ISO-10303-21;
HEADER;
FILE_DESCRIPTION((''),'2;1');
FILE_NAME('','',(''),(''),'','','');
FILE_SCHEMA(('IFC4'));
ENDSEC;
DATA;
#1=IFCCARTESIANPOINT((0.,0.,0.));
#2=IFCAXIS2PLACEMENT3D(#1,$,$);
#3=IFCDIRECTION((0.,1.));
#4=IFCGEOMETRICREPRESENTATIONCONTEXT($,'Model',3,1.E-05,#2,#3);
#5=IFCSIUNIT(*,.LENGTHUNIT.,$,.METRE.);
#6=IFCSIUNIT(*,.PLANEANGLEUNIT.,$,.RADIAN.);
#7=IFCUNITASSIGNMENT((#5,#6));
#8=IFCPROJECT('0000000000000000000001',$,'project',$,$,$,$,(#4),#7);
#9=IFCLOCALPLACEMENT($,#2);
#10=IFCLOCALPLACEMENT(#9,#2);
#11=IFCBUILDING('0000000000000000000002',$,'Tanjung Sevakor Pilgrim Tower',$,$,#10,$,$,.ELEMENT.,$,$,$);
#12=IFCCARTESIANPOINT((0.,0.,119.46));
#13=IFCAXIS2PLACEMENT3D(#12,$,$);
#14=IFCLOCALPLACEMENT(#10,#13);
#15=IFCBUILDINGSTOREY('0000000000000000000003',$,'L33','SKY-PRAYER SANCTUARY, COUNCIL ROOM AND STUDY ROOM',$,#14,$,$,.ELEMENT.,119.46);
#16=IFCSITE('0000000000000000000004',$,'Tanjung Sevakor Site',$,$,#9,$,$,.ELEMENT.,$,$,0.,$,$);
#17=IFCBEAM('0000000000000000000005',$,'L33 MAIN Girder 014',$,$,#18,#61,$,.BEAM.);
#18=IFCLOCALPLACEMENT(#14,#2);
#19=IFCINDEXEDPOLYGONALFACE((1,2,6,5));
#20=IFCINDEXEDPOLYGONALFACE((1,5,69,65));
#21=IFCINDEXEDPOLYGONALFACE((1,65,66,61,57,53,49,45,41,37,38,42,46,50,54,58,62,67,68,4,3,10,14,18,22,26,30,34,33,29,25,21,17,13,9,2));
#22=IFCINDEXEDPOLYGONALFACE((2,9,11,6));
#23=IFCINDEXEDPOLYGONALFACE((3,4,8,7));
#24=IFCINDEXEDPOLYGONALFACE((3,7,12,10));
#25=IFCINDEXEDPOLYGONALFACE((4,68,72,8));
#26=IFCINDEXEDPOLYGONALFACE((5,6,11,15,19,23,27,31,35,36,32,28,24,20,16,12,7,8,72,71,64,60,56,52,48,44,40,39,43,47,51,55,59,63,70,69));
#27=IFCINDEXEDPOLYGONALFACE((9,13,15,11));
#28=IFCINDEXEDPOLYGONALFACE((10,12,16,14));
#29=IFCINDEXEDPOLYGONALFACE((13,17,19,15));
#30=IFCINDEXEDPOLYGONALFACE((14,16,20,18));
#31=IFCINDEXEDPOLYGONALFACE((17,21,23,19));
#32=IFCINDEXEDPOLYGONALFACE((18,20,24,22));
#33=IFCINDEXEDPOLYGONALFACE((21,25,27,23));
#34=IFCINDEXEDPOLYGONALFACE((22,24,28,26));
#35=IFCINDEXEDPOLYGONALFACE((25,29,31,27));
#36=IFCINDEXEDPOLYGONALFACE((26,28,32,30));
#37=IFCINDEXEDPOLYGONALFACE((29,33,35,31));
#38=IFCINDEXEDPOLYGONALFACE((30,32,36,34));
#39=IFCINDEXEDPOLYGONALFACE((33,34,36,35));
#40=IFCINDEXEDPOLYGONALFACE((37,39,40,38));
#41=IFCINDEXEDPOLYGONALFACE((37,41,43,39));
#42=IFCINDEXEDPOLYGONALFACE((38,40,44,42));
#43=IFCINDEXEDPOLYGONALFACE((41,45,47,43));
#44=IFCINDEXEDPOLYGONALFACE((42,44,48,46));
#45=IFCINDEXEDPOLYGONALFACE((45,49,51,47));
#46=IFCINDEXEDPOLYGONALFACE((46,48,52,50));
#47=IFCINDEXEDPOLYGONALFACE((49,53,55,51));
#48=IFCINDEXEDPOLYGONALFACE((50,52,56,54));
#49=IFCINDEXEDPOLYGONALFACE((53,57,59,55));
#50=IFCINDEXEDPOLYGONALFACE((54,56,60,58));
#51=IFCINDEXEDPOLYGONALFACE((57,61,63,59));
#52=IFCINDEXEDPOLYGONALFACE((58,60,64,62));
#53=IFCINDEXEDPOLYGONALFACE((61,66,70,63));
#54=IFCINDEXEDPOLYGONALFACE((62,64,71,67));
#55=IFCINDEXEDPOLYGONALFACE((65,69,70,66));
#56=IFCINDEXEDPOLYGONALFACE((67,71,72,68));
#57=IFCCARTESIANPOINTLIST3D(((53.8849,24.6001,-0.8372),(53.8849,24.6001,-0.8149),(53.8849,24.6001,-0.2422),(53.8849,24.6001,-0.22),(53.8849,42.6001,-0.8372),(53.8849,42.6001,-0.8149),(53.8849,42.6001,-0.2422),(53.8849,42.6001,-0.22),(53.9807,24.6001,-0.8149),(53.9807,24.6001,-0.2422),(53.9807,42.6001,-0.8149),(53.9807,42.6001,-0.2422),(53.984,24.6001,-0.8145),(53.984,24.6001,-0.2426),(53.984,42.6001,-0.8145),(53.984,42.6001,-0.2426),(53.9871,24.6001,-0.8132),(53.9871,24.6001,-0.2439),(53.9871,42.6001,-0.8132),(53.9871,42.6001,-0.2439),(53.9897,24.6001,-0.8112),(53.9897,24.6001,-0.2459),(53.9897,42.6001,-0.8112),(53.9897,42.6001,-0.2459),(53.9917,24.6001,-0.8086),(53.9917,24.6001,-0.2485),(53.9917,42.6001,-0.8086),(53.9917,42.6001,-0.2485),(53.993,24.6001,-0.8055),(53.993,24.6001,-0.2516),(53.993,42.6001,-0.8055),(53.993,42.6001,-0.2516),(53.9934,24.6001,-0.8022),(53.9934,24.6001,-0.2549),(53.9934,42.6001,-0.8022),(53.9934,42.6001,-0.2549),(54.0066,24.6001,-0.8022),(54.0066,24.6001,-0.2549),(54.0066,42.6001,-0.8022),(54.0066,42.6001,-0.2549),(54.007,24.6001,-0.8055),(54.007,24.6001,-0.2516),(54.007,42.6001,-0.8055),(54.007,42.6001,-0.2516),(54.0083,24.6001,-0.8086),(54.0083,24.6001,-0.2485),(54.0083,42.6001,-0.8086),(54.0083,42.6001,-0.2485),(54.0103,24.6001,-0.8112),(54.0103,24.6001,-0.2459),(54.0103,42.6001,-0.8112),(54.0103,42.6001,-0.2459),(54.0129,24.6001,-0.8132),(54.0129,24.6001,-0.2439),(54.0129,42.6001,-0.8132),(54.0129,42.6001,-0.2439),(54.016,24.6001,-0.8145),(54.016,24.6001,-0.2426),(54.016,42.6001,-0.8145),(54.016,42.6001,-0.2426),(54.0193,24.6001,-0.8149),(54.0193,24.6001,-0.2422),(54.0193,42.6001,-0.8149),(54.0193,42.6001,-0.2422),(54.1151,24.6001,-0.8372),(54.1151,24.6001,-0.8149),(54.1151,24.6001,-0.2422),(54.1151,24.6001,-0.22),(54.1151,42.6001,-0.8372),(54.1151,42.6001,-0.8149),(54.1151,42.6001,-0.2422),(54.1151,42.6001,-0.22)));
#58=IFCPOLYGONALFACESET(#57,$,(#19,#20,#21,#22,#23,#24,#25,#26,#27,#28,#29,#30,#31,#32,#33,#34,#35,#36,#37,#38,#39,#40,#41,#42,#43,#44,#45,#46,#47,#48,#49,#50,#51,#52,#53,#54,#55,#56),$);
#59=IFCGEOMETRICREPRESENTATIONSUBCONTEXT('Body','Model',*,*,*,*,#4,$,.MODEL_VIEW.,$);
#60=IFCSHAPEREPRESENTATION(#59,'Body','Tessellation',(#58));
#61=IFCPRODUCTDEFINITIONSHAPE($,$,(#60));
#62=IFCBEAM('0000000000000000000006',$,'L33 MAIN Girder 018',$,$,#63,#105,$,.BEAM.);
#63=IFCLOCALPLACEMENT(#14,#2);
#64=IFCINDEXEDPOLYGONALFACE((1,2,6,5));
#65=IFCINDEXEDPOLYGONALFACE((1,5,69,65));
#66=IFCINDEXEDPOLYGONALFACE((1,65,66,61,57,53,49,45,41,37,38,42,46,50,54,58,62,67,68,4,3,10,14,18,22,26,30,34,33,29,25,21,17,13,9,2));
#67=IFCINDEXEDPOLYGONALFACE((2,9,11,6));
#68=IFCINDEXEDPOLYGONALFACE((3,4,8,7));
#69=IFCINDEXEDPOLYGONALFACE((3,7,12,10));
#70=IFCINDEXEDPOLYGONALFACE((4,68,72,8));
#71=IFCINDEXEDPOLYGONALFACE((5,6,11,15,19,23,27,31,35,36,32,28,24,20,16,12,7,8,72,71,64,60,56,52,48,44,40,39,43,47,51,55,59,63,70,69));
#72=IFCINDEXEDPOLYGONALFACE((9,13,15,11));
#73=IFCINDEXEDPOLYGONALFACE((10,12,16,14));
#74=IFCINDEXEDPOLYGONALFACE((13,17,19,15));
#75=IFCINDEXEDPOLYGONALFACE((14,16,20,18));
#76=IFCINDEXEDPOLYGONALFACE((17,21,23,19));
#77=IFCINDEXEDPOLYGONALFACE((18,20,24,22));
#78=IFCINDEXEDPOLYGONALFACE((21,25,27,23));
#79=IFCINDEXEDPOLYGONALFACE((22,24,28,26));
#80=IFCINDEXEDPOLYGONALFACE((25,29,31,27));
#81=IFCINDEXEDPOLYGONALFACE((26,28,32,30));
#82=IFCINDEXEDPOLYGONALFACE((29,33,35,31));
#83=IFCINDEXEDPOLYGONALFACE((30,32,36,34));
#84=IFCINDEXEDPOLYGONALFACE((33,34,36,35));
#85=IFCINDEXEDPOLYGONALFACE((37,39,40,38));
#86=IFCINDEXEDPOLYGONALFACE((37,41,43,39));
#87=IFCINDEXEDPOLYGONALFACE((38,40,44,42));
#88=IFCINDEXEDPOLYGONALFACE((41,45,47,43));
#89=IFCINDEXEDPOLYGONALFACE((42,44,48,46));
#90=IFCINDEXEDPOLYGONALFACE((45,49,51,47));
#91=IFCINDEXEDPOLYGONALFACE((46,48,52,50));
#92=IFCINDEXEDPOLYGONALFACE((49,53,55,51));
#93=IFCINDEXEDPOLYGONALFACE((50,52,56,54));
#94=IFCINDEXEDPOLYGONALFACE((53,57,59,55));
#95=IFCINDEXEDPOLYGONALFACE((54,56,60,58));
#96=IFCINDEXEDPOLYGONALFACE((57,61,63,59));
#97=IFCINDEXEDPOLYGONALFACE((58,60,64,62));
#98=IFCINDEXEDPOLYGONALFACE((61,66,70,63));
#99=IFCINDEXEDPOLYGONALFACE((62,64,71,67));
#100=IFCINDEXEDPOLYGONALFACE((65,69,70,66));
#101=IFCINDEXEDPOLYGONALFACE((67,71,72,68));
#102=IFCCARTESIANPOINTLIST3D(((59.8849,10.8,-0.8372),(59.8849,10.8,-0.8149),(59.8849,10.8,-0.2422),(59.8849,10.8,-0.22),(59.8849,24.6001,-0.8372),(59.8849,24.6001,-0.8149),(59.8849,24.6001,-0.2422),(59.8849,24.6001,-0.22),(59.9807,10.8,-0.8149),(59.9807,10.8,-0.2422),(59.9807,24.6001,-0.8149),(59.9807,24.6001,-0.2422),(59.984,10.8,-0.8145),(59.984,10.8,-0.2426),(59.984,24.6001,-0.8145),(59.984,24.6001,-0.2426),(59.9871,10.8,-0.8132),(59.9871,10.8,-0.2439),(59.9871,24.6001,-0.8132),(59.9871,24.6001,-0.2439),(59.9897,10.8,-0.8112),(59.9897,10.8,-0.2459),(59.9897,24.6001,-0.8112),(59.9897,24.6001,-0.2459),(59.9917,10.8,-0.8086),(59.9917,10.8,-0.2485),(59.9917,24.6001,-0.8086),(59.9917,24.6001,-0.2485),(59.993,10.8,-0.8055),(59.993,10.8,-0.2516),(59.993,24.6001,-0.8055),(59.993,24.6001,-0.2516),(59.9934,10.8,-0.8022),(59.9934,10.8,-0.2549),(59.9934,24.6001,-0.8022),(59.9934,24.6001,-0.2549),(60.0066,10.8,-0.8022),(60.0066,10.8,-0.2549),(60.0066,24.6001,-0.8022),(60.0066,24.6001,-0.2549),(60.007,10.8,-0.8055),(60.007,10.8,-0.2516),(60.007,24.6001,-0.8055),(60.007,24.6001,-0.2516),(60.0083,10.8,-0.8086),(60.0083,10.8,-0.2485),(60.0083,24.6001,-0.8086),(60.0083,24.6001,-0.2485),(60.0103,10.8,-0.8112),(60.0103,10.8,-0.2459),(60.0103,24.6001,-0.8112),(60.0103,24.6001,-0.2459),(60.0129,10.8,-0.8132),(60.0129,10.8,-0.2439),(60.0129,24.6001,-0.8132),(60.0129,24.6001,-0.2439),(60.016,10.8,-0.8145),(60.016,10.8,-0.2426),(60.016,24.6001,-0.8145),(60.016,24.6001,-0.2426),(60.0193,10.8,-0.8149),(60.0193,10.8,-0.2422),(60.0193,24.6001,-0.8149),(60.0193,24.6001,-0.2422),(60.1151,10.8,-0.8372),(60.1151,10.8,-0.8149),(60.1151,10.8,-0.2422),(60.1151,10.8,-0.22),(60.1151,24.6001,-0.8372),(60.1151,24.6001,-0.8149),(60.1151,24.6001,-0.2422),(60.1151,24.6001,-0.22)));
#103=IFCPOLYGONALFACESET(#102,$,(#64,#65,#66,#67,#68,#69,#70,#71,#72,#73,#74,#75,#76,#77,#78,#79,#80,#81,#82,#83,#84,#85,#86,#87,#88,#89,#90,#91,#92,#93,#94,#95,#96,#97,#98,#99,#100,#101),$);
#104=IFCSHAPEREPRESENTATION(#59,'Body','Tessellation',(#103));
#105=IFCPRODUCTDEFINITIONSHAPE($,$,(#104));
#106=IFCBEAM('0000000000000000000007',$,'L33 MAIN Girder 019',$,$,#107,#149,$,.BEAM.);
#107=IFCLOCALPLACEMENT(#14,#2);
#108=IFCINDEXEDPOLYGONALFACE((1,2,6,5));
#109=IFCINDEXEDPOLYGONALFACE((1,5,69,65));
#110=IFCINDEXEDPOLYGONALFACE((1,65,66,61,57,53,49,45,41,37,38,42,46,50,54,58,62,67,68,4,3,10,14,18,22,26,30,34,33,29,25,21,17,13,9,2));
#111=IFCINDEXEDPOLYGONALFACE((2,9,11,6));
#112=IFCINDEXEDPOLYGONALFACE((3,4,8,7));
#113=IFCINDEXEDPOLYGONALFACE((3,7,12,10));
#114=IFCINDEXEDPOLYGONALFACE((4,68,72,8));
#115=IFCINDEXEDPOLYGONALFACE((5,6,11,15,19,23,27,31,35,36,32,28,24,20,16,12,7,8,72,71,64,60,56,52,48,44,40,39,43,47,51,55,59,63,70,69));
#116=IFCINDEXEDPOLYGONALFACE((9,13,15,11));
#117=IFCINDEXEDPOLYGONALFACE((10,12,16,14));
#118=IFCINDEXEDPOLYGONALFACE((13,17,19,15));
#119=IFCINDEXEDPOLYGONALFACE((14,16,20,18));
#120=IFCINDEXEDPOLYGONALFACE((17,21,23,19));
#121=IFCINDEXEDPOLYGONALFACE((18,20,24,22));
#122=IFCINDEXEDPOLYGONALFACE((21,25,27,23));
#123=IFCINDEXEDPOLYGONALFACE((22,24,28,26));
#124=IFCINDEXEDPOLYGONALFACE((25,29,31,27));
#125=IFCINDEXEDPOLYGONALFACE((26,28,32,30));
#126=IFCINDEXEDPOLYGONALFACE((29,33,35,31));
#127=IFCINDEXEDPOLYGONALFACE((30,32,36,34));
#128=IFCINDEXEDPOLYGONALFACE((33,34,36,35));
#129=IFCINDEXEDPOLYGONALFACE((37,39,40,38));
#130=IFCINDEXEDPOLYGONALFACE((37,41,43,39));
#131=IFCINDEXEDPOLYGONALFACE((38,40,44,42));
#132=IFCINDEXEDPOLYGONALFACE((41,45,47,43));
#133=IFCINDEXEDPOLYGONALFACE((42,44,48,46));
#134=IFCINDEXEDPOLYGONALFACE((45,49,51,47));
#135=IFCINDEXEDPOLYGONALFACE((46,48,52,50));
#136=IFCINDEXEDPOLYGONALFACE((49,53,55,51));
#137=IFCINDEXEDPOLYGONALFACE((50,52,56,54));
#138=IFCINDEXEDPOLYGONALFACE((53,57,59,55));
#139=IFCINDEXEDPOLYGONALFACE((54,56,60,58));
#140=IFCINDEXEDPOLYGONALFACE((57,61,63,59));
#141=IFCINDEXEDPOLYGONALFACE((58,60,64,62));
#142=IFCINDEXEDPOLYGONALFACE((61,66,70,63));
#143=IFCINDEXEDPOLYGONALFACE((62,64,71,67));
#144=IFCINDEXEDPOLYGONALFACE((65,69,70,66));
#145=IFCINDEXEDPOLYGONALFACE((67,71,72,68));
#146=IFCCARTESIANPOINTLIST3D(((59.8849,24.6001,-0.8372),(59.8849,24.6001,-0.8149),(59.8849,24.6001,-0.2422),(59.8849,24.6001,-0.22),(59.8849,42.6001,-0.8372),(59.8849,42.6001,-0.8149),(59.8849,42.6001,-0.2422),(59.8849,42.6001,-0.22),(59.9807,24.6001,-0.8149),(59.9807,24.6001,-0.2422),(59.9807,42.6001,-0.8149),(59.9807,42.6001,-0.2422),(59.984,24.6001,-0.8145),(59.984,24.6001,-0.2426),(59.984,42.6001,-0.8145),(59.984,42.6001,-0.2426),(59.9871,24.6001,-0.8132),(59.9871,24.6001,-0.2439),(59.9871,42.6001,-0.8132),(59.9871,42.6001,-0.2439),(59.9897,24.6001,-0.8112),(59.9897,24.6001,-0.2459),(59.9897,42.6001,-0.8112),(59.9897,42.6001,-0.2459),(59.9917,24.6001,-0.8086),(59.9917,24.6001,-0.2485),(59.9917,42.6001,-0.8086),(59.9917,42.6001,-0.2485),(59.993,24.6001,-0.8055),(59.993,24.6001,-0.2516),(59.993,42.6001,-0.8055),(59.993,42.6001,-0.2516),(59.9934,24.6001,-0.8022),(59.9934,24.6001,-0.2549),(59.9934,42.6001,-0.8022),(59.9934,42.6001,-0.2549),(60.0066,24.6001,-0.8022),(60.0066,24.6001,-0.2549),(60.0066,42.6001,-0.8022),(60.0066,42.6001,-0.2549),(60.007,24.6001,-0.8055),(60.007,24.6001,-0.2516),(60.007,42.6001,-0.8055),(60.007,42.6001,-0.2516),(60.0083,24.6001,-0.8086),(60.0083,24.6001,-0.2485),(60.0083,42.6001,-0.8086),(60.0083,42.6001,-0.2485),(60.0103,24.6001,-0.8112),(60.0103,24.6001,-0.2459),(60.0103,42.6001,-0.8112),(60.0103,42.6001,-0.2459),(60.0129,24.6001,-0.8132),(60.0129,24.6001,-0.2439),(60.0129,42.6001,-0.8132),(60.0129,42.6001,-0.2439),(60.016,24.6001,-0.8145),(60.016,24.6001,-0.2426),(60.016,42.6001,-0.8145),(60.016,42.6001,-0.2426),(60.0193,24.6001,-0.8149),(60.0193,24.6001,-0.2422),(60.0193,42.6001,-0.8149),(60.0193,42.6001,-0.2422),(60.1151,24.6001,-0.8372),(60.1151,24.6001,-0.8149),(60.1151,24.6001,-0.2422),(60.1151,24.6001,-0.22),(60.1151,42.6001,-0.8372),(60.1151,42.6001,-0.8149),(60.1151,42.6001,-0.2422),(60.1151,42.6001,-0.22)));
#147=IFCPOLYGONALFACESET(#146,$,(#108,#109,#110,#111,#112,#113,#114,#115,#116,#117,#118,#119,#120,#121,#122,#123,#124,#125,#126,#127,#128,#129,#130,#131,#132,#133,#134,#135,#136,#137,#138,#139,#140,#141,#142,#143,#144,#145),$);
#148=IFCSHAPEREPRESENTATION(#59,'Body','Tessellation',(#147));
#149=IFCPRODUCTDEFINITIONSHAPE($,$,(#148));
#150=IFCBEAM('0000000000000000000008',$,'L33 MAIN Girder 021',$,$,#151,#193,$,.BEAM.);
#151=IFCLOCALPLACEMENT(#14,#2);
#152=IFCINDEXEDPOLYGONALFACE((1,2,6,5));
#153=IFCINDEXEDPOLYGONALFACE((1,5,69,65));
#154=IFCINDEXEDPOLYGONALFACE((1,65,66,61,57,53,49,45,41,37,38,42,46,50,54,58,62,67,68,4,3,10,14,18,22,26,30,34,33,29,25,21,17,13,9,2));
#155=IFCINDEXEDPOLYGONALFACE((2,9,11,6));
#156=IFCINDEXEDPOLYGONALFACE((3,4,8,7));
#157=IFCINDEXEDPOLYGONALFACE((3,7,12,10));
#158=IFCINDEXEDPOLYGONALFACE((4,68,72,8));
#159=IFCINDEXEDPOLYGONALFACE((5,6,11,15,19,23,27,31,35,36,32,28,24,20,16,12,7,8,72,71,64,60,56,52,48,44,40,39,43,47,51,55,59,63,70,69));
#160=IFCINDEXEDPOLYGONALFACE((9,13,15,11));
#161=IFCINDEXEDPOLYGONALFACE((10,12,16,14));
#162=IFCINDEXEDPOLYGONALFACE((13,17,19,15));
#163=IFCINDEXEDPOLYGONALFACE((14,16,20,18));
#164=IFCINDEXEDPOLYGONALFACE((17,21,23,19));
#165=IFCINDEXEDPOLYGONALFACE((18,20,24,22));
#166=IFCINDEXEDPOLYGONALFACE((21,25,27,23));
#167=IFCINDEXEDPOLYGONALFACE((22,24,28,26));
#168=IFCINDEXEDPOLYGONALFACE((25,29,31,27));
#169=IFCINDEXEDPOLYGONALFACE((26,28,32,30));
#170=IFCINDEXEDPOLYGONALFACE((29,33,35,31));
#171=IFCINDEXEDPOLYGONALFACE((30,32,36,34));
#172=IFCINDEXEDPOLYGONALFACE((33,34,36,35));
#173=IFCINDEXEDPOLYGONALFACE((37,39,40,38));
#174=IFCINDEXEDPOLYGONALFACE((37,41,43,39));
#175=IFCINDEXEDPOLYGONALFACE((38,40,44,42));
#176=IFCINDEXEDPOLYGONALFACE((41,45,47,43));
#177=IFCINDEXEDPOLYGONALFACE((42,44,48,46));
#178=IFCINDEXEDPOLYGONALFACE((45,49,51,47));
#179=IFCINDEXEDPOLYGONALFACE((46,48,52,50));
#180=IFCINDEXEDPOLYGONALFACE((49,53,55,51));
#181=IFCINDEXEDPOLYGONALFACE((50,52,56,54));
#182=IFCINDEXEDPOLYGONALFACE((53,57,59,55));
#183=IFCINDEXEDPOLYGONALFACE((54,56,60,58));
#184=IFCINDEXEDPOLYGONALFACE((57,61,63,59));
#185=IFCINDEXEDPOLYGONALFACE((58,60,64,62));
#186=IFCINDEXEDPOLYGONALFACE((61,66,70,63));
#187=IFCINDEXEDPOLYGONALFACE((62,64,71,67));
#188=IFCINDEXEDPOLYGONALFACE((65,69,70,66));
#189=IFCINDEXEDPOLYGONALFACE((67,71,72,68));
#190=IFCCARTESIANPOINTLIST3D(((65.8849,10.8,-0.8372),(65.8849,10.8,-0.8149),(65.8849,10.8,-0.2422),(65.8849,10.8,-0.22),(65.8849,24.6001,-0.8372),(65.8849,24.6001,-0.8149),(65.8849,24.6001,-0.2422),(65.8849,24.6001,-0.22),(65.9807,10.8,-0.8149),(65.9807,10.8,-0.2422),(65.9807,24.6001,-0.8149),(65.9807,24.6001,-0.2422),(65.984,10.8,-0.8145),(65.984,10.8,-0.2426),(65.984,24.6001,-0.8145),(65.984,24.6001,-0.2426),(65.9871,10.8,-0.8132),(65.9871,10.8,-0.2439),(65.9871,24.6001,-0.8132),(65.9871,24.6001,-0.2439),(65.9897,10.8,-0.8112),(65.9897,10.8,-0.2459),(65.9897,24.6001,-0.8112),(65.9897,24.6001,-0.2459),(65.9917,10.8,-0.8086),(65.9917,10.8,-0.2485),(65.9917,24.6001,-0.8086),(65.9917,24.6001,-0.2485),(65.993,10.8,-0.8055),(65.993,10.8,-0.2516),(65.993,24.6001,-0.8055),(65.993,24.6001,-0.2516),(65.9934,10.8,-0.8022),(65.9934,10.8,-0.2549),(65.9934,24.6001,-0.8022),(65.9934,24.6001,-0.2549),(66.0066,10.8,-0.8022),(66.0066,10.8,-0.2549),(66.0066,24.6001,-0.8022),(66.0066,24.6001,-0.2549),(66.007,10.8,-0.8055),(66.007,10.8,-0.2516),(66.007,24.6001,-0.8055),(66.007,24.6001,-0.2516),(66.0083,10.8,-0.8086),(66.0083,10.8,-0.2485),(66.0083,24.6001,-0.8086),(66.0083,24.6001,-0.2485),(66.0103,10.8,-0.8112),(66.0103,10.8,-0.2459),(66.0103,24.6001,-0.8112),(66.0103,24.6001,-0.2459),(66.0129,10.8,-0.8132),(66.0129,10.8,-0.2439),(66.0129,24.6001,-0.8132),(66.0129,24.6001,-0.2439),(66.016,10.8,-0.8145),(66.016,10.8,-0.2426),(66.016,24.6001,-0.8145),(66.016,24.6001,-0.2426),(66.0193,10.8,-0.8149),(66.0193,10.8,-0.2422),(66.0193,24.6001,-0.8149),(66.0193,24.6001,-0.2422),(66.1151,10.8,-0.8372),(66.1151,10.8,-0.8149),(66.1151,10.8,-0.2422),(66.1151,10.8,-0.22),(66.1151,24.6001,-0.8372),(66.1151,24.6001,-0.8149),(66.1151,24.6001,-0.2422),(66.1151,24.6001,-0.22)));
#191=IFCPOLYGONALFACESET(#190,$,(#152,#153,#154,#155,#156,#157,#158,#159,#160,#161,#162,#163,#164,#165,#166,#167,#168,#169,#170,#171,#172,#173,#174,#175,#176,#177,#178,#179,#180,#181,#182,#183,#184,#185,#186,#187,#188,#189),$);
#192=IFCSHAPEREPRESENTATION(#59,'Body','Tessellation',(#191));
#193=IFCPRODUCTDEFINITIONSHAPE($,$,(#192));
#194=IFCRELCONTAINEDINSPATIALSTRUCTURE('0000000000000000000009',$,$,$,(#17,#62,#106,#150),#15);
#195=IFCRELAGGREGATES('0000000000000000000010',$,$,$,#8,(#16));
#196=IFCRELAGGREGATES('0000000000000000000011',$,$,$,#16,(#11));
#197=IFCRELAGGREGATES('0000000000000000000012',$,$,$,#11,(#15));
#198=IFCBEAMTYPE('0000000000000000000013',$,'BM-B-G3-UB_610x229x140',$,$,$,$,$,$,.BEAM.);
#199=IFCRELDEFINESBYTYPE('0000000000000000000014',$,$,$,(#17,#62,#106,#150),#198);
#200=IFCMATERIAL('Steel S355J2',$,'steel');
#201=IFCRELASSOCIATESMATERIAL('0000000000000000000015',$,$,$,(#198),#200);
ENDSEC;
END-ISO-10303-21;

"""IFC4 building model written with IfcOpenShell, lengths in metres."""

from ifc_helpers import new_model, si_unit, direction, frame, origin, origin_2d, place, context, subcontext, project, spatial, i_section, extrude, material, material_profile, profile_set, type_object, element, save


model = new_model("IFC4")

# Units and contexts
model_context = context("Model", 3, precision=1e-05, world=origin(), true_north=direction((0.0, 1.0)))
body_context = subcontext(model_context, "Body", "Model", "MODEL_VIEW")
ifc_project = project(units=[si_unit("LENGTHUNIT", "METRE"), si_unit("PLANEANGLEUNIT", "RADIAN")], contexts=[model_context])

# Site, building, storey
site_placement = place(None, origin())
site = spatial("IfcSite", under=ifc_project, at=site_placement, Name="Tanjung Sevakor Site", CompositionType="ELEMENT", RefElevation=0.0)
building_placement = place(site_placement, origin())
building = spatial("IfcBuilding", under=site, at=building_placement, Name="Tanjung Sevakor Pilgrim Tower", CompositionType="ELEMENT")
storey_placement = place(building_placement, frame((0.0, 0.0, 119.46)))
storey = spatial("IfcBuildingStorey", under=building, at=storey_placement, Name="L33", Description="SKY-PRAYER SANCTUARY, COUNCIL ROOM AND STUDY ROOM", CompositionType="ELEMENT", Elevation=119.46)

# Beams
ifc_material_1 = material(Name="Steel S355J2", Category="steel")
ifc_material_profile_1 = material_profile(ifc_material_1, i_section(OverallWidth=0.2302, OverallDepth=0.6172, WebThickness=0.0132, FlangeThickness=0.0222, FilletRadius=0.0127, at=origin_2d()))
ifc_profile_set_1 = profile_set([ifc_material_profile_1], Name="Steel S355J2")
beam_type_1 = type_object("IfcBeamType", Name="BM-B-G3-UB_610x229x140", PredefinedType="BEAM", material=ifc_profile_set_1)
beam_1_placement = place(storey_placement, frame((54.0, 24.6001, -0.5286), z_axis=(0.0, 1.0, 0.0), x_axis=(-1.0, 0.0, 0.0)))
element("IfcBeam", 1, at=beam_1_placement, inside=storey, type_object=beam_type_1, Name="L33 MAIN Girder 014", PredefinedType="BEAM", context=body_context, shape_type="SweptSolid", body=[
    extrude(i_section(OverallWidth=0.2302, OverallDepth=0.6172, WebThickness=0.0132, FlangeThickness=0.0222, FilletRadius=0.0127, at=origin_2d()), origin(), (0.0, 0.0, 1.0), 18.0),
])
beam_2_placement = place(storey_placement, frame((60.0, 10.8, -0.5286), z_axis=(0.0, 1.0, 0.0), x_axis=(-1.0, 0.0, 0.0)))
element("IfcBeam", 2, at=beam_2_placement, inside=storey, type_object=beam_type_1, Name="L33 MAIN Girder 018", PredefinedType="BEAM", context=body_context, shape_type="SweptSolid", body=[
    extrude(i_section(OverallWidth=0.2302, OverallDepth=0.6172, WebThickness=0.0132, FlangeThickness=0.0222, FilletRadius=0.0127, at=origin_2d()), origin(), (0.0, 0.0, 1.0), 13.8),
])
beam_3_placement = place(storey_placement, frame((60.0, 24.6001, -0.5286), z_axis=(0.0, 1.0, 0.0), x_axis=(-1.0, 0.0, 0.0)))
element("IfcBeam", 3, at=beam_3_placement, inside=storey, type_object=beam_type_1, Name="L33 MAIN Girder 019", PredefinedType="BEAM", context=body_context, shape_type="SweptSolid", body=[
    extrude(i_section(OverallWidth=0.2302, OverallDepth=0.6172, WebThickness=0.0132, FlangeThickness=0.0222, FilletRadius=0.0127, at=origin_2d()), origin(), (0.0, 0.0, 1.0), 18.0),
])
beam_4_placement = place(storey_placement, frame((66.0, 10.8, -0.5286), z_axis=(0.0, 1.0, 0.0), x_axis=(-1.0, 0.0, 0.0)))
element("IfcBeam", 4, at=beam_4_placement, inside=storey, type_object=beam_type_1, Name="L33 MAIN Girder 021", PredefinedType="BEAM", context=body_context, shape_type="SweptSolid", body=[
    extrude(i_section(OverallWidth=0.2302, OverallDepth=0.6172, WebThickness=0.0132, FlangeThickness=0.0222, FilletRadius=0.0127, at=origin_2d()), origin(), (0.0, 0.0, 1.0), 13.8),
])

save(model, "model.ifc")
